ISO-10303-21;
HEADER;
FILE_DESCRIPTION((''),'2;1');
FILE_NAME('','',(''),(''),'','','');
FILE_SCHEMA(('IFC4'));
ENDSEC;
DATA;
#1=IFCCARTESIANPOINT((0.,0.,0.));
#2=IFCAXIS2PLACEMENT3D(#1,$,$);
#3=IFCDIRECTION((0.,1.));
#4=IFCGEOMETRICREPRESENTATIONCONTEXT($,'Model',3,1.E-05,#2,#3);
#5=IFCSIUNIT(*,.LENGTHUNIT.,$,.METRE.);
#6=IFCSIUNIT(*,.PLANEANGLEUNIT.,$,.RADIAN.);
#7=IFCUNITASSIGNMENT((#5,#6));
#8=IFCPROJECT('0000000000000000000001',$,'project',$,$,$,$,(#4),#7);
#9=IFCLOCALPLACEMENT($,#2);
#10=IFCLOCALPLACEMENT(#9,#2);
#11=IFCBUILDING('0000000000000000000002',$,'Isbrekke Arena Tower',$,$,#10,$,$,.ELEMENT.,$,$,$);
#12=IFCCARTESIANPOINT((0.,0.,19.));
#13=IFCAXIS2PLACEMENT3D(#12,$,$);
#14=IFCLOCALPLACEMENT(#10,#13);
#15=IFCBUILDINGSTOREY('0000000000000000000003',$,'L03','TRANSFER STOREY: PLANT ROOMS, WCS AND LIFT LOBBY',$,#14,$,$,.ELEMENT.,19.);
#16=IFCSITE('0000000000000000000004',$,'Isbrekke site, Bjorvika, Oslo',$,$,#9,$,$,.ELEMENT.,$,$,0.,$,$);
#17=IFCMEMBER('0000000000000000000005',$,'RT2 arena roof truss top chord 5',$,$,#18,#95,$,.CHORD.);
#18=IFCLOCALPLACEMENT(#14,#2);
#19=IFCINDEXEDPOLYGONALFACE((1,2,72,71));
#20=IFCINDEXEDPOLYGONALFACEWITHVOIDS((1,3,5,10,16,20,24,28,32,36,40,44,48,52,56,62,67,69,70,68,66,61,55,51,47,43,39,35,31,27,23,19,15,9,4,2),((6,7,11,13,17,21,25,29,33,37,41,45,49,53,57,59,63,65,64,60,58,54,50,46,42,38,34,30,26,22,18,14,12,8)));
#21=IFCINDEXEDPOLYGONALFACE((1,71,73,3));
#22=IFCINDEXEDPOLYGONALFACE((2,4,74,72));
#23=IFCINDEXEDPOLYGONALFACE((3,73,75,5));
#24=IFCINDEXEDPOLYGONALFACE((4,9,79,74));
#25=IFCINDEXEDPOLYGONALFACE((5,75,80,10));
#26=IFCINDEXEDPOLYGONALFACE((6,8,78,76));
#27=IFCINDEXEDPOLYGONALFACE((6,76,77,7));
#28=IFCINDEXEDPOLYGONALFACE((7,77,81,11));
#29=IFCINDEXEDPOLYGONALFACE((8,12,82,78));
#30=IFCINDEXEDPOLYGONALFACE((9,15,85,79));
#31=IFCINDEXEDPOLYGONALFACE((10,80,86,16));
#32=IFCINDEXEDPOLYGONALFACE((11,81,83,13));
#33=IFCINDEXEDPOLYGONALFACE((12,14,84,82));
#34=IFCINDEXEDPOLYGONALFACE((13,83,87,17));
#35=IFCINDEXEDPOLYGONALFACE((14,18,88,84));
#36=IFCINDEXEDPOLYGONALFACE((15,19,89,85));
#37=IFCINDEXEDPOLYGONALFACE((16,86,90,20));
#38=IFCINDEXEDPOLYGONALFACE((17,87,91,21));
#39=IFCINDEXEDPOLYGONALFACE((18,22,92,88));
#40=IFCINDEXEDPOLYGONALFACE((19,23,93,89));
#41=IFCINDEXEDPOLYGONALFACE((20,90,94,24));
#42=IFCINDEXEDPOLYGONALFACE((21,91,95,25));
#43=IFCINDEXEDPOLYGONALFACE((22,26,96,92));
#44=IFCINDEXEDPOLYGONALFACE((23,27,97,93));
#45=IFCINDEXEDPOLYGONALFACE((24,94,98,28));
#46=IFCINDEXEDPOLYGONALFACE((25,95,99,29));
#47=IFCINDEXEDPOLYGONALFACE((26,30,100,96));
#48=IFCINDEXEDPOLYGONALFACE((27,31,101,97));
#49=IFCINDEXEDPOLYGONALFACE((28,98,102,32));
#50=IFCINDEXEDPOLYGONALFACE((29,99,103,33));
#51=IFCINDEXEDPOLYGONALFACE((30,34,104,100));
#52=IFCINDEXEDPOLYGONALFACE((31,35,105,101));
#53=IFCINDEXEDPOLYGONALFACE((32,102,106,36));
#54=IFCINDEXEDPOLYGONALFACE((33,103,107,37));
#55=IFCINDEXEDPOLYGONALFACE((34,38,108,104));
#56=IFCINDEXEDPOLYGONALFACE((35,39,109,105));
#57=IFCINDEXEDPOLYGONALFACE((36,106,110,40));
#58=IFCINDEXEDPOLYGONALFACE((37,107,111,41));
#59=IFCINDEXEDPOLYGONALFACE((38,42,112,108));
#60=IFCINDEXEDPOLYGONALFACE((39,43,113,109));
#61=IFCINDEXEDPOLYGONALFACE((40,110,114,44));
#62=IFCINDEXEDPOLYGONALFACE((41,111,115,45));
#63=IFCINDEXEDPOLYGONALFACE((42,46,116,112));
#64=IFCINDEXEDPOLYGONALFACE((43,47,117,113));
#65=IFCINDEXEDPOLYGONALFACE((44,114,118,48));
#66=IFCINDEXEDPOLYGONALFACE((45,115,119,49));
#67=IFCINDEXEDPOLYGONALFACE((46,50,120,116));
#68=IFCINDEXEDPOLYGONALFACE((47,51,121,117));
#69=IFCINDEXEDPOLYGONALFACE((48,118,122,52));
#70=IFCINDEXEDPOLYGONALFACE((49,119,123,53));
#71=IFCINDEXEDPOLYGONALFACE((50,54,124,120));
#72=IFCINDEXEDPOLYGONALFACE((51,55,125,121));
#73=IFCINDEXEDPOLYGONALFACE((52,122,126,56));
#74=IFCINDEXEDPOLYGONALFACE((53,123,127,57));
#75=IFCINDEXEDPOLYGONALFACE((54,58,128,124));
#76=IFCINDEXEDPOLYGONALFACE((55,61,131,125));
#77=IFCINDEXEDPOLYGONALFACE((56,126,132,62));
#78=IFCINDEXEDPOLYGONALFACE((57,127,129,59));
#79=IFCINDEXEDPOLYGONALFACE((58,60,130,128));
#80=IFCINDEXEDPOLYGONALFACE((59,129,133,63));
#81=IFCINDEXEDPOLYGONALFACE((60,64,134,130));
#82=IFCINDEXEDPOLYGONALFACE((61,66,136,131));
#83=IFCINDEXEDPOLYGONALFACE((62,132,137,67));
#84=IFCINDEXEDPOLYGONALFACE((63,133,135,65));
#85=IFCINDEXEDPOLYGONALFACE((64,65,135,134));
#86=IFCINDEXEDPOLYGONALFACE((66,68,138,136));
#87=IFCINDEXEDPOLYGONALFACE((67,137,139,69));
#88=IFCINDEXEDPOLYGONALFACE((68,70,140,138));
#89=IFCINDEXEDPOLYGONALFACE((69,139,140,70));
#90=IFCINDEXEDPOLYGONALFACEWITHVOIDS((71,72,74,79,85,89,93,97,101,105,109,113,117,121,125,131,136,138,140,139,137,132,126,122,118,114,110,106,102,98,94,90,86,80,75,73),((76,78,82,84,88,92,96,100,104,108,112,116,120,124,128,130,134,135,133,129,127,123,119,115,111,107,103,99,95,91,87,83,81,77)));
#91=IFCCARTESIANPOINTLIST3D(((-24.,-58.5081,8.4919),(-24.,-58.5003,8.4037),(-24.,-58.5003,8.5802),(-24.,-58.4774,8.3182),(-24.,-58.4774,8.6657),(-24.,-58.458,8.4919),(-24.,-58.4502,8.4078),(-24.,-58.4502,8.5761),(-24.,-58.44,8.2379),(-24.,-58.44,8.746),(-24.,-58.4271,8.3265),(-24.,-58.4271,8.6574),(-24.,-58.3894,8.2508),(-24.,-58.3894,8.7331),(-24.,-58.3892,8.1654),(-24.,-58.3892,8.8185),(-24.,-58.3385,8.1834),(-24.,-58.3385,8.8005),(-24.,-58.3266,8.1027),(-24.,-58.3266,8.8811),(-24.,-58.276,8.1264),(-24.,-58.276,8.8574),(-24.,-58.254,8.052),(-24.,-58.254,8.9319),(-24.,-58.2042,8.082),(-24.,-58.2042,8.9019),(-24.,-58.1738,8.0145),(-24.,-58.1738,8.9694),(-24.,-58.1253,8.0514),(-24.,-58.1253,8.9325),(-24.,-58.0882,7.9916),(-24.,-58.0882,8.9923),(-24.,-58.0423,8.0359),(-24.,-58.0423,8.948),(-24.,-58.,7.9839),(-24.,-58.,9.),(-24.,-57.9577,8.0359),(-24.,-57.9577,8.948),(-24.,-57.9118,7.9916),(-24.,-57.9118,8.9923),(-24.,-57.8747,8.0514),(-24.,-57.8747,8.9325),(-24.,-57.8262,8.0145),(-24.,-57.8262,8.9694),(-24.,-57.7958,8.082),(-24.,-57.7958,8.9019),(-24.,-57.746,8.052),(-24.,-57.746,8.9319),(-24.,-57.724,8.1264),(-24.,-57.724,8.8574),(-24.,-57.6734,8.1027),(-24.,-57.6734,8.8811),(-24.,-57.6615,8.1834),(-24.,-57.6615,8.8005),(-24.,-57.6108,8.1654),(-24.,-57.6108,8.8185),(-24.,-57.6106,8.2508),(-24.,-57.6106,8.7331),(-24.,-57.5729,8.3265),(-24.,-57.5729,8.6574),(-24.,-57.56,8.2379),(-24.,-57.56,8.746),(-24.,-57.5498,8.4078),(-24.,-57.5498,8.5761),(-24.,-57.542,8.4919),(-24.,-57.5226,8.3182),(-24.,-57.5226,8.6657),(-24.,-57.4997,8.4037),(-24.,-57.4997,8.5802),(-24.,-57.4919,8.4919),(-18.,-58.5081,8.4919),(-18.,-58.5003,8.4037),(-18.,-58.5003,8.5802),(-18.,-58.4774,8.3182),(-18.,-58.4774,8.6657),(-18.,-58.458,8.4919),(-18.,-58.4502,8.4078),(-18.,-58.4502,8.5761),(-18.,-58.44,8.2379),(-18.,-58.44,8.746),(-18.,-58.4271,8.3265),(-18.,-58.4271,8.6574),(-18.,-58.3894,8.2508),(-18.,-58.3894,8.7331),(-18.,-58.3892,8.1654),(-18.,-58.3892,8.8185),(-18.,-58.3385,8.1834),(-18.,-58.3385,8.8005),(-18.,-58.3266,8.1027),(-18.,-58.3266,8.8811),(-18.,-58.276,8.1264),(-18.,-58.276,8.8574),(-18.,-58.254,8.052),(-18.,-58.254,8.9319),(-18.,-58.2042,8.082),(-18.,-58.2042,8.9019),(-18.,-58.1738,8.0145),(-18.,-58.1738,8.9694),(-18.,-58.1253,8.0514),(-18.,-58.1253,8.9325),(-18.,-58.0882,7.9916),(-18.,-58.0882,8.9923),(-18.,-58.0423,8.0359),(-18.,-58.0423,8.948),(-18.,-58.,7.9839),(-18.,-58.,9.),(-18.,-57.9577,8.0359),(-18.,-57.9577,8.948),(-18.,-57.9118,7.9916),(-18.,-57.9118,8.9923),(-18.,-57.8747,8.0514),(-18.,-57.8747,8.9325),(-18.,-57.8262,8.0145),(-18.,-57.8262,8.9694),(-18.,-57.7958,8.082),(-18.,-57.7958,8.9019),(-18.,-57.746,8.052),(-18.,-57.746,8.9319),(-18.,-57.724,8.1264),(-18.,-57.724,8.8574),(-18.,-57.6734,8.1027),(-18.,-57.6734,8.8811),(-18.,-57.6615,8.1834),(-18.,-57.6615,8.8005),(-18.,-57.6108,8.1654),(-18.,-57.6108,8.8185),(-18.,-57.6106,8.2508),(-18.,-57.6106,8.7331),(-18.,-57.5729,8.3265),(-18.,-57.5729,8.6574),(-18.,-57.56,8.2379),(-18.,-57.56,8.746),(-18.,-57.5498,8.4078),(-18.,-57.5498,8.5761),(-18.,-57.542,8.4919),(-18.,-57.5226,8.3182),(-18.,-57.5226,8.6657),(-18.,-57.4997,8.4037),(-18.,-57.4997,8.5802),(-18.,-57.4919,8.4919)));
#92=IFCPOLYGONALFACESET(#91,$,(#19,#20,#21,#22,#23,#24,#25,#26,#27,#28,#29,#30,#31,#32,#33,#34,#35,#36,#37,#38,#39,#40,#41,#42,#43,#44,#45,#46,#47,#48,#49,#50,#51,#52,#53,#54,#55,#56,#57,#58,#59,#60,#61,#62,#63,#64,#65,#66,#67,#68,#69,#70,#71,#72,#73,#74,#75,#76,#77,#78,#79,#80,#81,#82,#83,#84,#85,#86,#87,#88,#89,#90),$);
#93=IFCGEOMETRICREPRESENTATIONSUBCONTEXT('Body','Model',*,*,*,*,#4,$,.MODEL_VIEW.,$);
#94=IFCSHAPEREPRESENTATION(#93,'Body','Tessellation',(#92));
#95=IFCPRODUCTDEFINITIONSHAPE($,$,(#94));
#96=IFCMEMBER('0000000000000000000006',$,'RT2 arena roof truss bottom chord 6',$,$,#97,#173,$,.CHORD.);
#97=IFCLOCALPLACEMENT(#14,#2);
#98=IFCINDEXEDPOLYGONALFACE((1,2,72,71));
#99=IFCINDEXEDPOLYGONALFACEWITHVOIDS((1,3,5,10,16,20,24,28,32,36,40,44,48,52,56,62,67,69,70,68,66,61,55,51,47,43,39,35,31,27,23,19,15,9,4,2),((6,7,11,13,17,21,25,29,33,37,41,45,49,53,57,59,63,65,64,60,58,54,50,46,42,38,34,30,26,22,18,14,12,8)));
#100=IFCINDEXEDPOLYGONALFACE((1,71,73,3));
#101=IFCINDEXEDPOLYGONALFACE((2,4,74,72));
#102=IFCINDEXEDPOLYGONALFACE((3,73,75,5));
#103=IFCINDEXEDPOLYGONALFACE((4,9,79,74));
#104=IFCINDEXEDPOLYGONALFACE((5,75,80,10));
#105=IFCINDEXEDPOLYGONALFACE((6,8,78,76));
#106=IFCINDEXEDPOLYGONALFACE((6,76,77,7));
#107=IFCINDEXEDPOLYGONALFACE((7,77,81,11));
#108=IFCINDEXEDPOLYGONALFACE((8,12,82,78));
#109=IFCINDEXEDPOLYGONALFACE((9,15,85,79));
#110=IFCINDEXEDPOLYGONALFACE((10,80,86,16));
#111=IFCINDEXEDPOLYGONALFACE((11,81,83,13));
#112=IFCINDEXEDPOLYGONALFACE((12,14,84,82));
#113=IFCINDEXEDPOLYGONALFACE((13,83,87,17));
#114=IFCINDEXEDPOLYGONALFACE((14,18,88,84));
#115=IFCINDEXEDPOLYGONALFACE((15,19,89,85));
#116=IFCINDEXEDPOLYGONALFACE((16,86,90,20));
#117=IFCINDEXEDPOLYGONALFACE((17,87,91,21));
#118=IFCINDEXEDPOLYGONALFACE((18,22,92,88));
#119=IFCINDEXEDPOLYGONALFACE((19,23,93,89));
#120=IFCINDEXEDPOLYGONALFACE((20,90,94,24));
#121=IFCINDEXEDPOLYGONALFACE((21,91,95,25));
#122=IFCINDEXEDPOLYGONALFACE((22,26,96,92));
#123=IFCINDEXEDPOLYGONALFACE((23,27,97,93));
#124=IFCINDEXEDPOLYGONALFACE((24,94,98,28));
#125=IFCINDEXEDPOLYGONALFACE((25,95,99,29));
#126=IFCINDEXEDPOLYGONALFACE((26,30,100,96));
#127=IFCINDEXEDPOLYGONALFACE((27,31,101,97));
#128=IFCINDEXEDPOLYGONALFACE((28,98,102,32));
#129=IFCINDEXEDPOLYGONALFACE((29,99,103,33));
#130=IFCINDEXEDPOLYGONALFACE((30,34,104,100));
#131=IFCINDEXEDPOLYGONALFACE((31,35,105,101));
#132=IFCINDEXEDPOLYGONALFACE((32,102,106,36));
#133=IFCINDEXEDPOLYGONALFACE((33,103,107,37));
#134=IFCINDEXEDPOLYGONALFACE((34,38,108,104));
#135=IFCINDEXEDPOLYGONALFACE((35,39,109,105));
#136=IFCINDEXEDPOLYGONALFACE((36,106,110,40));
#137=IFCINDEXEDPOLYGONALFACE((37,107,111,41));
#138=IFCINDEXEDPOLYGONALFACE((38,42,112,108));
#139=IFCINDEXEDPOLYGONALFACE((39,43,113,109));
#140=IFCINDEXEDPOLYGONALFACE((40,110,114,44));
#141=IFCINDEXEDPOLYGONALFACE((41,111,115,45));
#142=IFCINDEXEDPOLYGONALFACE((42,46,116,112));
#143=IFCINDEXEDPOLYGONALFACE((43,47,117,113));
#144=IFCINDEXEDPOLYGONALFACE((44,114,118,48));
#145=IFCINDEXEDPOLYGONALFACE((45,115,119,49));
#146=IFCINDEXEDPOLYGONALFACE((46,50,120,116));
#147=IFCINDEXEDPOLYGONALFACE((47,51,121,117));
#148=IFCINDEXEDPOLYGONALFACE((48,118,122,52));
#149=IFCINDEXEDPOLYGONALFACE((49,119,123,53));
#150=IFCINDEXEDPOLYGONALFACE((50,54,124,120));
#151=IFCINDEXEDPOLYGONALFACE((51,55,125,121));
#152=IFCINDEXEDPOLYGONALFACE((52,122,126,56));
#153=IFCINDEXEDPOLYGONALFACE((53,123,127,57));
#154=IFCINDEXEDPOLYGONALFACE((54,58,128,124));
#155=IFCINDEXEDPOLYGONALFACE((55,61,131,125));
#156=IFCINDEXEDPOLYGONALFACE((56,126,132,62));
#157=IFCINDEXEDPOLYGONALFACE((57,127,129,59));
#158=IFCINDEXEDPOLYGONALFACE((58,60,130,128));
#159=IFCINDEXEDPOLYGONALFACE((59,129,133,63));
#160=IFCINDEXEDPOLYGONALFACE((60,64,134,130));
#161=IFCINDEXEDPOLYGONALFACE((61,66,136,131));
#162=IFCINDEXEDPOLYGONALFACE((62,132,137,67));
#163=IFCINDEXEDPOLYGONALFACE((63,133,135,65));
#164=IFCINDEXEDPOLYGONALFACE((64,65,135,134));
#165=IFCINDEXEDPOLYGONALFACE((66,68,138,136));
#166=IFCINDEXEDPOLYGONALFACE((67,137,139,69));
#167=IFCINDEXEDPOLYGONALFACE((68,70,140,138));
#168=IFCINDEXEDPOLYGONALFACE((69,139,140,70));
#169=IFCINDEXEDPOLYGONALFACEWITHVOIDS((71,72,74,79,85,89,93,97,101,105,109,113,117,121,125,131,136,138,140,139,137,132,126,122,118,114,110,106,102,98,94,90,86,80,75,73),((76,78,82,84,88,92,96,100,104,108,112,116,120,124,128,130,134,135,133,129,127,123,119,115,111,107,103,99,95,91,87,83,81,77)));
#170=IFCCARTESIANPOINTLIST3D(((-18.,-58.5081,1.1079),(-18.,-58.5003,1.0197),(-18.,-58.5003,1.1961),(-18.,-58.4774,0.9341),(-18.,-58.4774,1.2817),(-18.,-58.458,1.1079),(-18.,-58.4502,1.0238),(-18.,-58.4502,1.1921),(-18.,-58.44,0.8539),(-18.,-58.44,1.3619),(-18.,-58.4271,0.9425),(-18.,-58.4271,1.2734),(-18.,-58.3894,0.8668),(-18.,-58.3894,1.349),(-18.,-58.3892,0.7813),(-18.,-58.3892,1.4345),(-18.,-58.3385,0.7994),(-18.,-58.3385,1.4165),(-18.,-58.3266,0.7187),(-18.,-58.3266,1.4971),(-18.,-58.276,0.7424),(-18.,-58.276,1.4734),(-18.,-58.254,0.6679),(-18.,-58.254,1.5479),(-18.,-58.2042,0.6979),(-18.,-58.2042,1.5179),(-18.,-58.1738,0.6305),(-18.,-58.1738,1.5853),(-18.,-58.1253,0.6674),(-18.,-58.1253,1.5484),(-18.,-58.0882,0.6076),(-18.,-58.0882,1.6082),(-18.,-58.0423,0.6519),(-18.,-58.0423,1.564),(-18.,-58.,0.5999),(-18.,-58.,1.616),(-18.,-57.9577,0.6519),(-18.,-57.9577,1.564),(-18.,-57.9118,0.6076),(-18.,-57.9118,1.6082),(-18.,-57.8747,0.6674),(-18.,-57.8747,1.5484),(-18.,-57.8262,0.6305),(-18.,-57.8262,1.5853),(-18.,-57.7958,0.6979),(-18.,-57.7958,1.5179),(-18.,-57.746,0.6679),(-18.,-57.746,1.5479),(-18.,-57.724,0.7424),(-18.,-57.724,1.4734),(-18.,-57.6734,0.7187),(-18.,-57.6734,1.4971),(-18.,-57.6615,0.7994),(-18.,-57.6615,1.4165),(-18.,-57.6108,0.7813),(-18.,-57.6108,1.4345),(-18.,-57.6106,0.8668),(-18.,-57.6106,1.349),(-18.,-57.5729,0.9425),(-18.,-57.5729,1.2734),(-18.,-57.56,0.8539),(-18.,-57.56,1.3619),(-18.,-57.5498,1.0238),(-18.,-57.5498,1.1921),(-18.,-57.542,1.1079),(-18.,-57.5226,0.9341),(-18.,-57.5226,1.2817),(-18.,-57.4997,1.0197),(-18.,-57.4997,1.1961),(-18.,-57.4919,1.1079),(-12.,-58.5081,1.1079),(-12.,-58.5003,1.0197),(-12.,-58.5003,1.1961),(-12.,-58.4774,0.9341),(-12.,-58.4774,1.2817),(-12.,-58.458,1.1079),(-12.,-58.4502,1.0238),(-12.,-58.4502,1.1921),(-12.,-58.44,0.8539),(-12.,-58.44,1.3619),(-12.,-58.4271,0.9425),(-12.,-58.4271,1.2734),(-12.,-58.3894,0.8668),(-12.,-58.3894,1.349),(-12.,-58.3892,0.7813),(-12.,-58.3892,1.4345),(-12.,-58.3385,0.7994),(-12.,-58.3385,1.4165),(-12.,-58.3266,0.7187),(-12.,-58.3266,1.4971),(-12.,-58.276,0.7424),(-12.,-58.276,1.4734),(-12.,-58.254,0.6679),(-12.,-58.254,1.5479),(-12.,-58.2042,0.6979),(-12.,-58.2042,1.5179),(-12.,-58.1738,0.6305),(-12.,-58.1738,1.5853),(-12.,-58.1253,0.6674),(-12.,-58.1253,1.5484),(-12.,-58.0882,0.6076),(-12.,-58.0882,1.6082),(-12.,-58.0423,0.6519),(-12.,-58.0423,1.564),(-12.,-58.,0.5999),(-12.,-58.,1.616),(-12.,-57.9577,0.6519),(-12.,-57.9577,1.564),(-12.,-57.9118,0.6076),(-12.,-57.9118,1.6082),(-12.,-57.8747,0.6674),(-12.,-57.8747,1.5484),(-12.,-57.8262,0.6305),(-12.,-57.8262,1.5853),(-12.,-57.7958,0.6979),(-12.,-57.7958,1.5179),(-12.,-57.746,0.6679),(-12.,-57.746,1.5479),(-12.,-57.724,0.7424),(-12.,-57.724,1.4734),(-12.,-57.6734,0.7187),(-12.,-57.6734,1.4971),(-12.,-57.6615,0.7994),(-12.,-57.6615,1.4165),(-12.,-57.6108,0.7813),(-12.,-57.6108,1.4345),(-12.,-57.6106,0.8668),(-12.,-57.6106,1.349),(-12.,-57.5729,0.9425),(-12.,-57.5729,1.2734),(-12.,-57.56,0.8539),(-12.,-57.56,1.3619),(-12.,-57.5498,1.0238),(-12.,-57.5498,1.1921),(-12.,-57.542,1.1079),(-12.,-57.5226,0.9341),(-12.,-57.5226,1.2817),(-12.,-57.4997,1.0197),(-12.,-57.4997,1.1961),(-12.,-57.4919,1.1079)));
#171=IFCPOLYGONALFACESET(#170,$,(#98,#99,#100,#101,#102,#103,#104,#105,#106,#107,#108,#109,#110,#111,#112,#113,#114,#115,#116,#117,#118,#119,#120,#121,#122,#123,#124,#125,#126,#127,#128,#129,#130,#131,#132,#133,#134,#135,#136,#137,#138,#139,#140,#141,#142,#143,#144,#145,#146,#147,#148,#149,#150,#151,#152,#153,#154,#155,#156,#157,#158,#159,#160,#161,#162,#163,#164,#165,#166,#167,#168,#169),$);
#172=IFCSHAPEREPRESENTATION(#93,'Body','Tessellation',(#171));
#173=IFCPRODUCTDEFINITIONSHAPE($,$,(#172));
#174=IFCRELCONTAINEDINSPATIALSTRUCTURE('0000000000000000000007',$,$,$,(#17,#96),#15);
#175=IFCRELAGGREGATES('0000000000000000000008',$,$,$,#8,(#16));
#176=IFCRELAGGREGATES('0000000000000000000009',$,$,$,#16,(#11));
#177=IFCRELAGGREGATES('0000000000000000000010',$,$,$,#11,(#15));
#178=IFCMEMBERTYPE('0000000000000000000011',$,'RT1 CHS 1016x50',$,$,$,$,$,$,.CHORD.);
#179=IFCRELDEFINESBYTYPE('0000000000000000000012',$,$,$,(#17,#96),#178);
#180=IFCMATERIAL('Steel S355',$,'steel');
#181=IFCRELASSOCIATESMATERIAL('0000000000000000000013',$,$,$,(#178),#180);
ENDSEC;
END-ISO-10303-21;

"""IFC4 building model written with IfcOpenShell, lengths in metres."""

from ifc_helpers import new_model, si_unit, direction, frame, origin, origin_2d, place, context, subcontext, project, spatial, hollow_circle, extrude, material, material_profile, profile_set, type_object, element, save


model = new_model("IFC4")

# Units and contexts
model_context = context("Model", 3, precision=1e-05, world=origin(), true_north=direction((0.0, 1.0)))
body_context = subcontext(model_context, "Body", "Model", "MODEL_VIEW")
ifc_project = project(units=[si_unit("LENGTHUNIT", "METRE"), si_unit("PLANEANGLEUNIT", "RADIAN")], contexts=[model_context])

# Site, building, storey
site_placement = place(None, origin())
site = spatial("IfcSite", under=ifc_project, at=site_placement, Name="Isbrekke site, Bjorvika, Oslo", CompositionType="ELEMENT", RefElevation=0.0)
building_placement = place(site_placement, origin())
building = spatial("IfcBuilding", under=site, at=building_placement, Name="Isbrekke Arena Tower", CompositionType="ELEMENT")
storey_placement = place(building_placement, frame((0.0, 0.0, 19.0)))
storey = spatial("IfcBuildingStorey", under=building, at=storey_placement, Name="L03", Description="TRANSFER STOREY: PLANT ROOMS, WCS AND LIFT LOBBY", CompositionType="ELEMENT", Elevation=19.0)

# Members
ifc_material_1 = material(Name="Steel S355", Category="steel")
ifc_material_profile_1 = material_profile(ifc_material_1, hollow_circle(Radius=0.5081, WallThickness=0.05, at=origin_2d()), Name="CHS 1016x50")
ifc_profile_set_1 = profile_set([ifc_material_profile_1], Name="Steel S355")
member_type_1 = type_object("IfcMemberType", Name="RT1 CHS 1016x50", PredefinedType="CHORD", material=ifc_profile_set_1)
for number, where, z_axis, x_axis, name in (
    (1, (-24.0, -58.0, 8.4919), (1.0, 0.0, 0.0), (0.0, 1.0, 0.0), "RT2 arena roof truss top chord 5"),
    (2, (-18.0, -58.0, 1.1079), (1.0, 0.0, 0.0), (0.0, 1.0, 0.0), "RT2 arena roof truss bottom chord 6"),
):
    element("IfcMember", number, at=place(storey_placement, frame(where, z_axis=z_axis, x_axis=x_axis)), inside=storey, type_object=member_type_1, Name=name, PredefinedType="CHORD", context=body_context, shape_type="SweptSolid", body=[
        extrude(hollow_circle(Radius=0.5081, WallThickness=0.05, at=origin_2d()), origin(), (0.0, 0.0, 1.0), 6.0),
    ])

save(model, "model.ifc")
